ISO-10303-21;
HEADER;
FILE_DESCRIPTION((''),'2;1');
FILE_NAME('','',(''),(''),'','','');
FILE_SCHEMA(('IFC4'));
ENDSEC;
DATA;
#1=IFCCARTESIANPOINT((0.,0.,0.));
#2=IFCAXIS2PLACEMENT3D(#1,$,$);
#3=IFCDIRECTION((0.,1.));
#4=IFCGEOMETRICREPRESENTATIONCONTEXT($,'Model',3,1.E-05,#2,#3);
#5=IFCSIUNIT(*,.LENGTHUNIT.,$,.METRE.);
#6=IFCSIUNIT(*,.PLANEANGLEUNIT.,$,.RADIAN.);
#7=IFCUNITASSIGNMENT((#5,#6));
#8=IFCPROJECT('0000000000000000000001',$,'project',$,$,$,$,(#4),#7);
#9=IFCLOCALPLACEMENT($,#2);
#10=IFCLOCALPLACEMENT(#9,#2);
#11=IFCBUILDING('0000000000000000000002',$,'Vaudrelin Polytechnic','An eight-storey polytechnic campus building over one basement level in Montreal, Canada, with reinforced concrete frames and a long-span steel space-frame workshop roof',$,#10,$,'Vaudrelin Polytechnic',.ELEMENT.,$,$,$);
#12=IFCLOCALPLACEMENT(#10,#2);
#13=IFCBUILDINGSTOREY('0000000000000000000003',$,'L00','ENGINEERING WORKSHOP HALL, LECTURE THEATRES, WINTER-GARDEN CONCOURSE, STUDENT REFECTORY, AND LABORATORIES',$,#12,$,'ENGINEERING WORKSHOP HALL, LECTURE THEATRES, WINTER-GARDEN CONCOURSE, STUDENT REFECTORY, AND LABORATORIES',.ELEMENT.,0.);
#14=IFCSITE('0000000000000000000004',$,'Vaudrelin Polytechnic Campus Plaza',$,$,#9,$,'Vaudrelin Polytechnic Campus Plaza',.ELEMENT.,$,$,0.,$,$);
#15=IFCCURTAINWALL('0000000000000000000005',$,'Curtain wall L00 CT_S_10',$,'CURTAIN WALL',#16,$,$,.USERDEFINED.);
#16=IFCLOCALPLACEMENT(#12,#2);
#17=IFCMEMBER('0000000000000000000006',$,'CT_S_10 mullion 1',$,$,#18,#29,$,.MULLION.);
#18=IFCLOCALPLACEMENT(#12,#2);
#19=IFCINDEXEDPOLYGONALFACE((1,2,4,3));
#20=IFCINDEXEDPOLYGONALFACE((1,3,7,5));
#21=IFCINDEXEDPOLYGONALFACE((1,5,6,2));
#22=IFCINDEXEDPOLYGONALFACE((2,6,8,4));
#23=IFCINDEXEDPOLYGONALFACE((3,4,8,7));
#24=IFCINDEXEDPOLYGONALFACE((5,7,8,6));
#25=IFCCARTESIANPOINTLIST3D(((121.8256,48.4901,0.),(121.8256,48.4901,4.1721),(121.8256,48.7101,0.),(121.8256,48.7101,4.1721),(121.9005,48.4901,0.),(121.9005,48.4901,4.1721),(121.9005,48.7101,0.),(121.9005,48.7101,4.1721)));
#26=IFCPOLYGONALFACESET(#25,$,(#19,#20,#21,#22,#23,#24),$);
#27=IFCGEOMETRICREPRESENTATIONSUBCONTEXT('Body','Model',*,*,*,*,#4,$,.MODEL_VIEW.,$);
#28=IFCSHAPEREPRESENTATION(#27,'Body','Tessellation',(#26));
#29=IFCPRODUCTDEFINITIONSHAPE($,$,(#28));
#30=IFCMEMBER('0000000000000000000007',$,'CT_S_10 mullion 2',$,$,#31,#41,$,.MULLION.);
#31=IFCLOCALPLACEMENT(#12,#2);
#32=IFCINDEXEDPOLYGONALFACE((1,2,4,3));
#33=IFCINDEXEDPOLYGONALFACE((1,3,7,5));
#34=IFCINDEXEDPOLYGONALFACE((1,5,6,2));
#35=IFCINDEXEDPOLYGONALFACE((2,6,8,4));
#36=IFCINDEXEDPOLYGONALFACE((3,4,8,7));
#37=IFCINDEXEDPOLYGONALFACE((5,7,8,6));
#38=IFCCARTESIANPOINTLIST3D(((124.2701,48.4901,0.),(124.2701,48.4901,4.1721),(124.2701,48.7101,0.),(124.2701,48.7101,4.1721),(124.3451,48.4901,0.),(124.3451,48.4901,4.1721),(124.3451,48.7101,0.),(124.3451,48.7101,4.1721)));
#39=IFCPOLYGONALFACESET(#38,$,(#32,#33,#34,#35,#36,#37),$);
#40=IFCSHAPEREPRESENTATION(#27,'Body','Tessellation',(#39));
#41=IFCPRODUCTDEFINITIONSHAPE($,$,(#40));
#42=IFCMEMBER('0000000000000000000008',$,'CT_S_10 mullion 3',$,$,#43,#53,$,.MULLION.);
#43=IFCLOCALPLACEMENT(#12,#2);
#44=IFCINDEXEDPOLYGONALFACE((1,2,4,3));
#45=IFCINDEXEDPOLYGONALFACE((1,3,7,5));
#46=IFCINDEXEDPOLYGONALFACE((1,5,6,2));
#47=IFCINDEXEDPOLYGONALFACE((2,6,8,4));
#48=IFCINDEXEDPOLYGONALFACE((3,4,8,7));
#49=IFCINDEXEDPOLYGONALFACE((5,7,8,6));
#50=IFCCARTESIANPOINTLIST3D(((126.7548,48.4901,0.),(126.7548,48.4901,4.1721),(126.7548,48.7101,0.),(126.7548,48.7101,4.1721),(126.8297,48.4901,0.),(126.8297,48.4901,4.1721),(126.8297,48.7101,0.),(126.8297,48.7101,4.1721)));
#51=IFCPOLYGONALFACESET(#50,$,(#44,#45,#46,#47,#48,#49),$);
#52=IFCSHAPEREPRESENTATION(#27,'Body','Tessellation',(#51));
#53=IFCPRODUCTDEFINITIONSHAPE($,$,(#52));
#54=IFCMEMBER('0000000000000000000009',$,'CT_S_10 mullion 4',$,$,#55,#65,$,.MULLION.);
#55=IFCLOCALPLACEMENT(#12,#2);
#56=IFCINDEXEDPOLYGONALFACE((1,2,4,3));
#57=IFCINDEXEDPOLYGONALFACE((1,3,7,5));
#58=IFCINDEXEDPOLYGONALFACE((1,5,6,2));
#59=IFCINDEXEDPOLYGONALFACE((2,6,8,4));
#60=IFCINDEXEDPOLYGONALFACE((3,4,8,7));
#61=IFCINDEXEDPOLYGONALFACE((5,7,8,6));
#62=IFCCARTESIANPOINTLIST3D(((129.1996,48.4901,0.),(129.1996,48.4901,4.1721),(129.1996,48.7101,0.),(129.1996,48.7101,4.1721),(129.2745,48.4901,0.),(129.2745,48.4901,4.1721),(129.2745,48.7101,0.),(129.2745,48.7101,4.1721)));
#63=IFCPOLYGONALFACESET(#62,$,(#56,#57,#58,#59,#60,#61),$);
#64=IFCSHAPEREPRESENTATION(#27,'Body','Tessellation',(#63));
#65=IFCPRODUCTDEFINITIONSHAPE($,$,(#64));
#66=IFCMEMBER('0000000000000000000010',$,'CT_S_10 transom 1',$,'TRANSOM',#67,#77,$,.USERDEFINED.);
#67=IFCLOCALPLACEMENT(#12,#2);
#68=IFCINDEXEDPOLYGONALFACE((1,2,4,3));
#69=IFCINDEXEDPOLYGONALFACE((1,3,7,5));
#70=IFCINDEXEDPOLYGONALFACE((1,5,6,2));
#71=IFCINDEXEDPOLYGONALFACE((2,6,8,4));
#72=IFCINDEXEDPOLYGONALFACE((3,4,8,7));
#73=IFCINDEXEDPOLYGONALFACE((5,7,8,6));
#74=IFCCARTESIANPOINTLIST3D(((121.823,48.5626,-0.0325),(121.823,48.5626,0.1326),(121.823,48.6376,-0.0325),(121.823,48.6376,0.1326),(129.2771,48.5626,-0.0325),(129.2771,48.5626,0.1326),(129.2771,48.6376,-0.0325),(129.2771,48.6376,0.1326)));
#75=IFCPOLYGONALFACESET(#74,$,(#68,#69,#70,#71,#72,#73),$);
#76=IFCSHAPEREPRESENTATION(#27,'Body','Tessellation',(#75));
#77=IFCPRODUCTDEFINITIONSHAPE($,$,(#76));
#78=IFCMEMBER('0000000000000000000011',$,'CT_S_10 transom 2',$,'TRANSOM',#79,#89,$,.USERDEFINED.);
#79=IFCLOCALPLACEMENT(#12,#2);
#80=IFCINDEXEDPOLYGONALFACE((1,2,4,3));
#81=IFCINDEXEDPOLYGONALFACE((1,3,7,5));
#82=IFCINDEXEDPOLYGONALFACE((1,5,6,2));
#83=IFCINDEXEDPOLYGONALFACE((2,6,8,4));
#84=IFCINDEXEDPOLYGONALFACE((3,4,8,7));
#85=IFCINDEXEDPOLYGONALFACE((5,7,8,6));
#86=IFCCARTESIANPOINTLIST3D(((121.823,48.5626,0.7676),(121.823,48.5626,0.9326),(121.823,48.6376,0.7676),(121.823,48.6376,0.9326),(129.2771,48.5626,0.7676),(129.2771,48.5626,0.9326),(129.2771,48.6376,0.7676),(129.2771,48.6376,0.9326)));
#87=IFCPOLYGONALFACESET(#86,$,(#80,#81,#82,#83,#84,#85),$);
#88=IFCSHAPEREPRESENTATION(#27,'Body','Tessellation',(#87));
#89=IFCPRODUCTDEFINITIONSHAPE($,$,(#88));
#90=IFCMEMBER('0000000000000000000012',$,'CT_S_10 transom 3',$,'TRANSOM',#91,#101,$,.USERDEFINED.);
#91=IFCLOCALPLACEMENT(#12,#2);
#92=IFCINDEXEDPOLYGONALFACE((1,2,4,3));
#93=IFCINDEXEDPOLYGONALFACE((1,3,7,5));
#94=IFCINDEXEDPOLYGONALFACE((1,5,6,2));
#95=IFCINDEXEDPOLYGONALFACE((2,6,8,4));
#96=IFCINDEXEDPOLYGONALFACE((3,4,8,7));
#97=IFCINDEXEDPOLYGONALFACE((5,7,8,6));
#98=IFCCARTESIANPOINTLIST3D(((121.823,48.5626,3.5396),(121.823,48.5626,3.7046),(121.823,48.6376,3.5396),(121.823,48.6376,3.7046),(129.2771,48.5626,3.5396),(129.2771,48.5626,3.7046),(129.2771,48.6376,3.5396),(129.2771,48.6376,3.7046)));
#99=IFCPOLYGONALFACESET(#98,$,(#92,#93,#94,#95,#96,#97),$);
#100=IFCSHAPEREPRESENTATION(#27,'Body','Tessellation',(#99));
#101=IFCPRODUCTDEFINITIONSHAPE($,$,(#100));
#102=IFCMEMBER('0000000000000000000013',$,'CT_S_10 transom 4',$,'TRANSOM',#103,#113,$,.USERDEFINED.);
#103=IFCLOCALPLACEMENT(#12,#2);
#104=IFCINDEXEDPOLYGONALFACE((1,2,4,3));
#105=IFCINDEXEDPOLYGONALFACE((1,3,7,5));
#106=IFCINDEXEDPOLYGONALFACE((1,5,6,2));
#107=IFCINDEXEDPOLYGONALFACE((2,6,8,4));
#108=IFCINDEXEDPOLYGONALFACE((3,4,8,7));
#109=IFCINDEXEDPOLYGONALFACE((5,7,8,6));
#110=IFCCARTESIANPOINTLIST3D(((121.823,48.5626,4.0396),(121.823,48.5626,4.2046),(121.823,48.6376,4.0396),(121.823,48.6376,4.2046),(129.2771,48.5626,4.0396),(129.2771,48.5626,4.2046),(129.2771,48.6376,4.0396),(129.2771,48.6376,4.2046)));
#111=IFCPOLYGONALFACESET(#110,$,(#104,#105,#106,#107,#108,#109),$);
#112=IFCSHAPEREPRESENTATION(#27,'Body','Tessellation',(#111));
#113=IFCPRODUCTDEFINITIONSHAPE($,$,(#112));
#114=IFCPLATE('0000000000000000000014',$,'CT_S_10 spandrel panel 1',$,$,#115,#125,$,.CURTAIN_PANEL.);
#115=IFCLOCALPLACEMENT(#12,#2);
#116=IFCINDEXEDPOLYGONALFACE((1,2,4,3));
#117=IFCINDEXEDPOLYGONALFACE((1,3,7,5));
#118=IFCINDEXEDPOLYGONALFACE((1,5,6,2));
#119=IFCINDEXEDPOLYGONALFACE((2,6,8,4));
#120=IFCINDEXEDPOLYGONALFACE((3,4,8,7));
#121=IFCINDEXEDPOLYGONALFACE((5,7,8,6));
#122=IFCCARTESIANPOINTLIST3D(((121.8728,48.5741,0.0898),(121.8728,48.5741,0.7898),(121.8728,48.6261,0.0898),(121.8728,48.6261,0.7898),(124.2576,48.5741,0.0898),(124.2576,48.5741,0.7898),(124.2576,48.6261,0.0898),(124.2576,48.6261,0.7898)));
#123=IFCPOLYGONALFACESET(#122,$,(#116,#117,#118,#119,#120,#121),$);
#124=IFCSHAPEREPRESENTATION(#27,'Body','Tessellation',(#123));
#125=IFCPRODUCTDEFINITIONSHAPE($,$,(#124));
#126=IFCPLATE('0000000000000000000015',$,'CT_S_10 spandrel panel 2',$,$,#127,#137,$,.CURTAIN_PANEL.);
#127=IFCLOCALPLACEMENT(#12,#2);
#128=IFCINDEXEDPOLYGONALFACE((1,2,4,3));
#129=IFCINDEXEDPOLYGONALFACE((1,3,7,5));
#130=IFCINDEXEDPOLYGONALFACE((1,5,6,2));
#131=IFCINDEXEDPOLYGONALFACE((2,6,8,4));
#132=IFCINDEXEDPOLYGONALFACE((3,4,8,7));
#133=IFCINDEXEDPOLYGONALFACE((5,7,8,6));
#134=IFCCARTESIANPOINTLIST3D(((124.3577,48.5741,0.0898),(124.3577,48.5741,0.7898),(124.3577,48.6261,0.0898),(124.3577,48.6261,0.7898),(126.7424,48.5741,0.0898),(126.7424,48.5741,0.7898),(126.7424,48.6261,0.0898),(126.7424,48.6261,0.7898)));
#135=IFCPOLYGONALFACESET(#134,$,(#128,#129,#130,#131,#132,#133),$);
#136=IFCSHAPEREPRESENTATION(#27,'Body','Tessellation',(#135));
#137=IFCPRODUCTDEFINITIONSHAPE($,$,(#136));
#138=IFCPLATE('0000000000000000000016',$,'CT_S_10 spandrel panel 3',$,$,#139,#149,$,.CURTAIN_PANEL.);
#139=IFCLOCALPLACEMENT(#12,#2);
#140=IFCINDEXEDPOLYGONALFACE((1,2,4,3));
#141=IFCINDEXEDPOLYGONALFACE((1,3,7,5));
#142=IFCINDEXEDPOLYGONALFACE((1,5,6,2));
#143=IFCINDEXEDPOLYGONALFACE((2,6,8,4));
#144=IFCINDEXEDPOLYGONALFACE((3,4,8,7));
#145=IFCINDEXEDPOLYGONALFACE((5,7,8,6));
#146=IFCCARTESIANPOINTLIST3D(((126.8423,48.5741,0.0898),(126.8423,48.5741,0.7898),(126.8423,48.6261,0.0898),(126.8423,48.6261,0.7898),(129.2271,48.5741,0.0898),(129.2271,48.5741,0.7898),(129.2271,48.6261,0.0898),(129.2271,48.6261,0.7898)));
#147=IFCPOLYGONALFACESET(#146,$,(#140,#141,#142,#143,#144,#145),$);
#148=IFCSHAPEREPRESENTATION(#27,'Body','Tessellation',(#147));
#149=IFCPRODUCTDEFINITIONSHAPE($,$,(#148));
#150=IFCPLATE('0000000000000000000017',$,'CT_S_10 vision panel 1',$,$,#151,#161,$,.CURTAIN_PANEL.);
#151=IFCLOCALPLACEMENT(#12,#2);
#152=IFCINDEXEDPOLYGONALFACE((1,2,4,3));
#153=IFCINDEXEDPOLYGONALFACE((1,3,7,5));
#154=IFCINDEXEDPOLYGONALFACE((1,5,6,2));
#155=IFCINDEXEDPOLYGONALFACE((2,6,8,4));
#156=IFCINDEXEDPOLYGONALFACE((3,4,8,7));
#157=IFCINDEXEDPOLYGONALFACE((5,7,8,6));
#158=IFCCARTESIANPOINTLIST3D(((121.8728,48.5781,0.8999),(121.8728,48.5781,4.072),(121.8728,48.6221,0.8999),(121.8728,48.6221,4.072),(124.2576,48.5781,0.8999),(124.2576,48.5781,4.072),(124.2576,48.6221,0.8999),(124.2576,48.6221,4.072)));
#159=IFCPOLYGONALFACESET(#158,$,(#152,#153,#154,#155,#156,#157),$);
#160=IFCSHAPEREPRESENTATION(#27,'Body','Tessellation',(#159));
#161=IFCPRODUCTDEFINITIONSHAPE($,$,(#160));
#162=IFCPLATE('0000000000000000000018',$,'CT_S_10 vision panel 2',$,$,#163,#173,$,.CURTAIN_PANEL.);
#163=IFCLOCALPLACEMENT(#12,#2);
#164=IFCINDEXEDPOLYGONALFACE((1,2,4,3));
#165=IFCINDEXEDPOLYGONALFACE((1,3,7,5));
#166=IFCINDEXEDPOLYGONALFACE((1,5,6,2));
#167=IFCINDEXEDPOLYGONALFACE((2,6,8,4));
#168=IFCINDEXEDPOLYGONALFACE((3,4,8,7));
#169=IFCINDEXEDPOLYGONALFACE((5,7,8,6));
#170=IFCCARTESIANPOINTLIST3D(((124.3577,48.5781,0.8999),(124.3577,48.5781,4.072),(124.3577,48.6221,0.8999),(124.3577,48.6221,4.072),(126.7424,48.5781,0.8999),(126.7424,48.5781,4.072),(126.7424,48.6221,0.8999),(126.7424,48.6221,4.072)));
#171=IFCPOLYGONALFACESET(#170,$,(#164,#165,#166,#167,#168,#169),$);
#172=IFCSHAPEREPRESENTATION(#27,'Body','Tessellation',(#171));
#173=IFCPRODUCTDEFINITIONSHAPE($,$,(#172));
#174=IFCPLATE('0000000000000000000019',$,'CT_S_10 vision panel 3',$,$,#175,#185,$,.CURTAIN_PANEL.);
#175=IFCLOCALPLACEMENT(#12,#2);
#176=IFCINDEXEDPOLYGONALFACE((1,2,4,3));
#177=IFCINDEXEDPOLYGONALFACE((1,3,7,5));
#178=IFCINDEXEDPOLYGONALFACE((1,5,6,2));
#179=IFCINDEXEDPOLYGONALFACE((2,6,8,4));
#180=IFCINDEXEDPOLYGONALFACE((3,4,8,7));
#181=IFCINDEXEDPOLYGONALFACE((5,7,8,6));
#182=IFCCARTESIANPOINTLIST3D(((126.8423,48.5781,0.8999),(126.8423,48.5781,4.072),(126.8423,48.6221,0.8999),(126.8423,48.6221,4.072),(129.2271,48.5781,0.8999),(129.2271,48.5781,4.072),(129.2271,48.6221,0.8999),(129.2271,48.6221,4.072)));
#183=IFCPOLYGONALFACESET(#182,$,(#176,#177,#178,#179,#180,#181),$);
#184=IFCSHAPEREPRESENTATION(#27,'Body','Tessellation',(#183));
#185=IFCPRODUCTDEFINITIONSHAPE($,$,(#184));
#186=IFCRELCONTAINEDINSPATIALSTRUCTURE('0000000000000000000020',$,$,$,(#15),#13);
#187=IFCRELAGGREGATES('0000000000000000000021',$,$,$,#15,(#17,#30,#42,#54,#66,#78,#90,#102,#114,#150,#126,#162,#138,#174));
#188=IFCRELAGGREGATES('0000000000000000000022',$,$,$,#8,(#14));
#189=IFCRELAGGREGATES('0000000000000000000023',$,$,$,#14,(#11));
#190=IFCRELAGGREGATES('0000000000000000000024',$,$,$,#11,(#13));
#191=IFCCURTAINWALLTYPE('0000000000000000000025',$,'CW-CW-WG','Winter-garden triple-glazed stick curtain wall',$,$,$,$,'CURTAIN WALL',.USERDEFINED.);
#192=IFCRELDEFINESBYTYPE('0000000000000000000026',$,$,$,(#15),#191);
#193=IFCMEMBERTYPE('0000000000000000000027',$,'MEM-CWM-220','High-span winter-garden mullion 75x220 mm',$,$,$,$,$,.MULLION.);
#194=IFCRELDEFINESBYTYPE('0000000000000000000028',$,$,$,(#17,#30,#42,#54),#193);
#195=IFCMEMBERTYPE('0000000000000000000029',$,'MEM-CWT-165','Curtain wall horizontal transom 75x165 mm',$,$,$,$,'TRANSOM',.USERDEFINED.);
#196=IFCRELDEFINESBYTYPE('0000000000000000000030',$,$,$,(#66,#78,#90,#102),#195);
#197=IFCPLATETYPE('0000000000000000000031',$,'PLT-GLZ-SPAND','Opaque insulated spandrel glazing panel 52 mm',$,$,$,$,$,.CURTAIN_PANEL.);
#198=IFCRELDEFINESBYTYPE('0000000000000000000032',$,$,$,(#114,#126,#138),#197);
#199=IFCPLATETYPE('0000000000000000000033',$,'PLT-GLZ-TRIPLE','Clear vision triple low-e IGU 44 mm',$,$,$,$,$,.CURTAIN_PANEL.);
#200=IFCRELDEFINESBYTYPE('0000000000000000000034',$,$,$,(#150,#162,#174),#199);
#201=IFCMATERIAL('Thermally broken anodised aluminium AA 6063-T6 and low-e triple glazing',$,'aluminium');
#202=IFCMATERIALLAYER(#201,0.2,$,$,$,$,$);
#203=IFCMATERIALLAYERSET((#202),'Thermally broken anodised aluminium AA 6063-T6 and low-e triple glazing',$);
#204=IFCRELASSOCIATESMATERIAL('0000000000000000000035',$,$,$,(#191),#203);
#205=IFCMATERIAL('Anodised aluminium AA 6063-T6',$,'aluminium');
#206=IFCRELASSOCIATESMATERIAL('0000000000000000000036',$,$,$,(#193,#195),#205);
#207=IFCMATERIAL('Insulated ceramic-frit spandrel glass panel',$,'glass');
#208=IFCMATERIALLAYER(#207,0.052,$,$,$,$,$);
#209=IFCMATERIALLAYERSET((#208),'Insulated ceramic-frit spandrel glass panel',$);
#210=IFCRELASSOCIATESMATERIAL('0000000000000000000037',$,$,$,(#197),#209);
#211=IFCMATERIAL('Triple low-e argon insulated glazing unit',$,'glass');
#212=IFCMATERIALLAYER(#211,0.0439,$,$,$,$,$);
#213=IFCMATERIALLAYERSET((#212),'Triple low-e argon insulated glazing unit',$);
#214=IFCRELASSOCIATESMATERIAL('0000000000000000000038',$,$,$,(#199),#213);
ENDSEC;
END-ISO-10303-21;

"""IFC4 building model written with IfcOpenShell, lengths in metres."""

from ifc_helpers import new_model, si_unit, direction, frame, origin, origin_2d, place, context, subcontext, project, spatial, rectangle, extrude, material, layer, layer_set, material_profile, profile_set, type_object, element, aggregate, save


model = new_model("IFC4")

# Units and contexts
model_context = context("Model", 3, precision=1e-05, world=origin(), true_north=direction((0.0, 1.0)))
body_context = subcontext(model_context, "Body", "Model", "MODEL_VIEW")
ifc_project = project(units=[si_unit("LENGTHUNIT", "METRE"), si_unit("PLANEANGLEUNIT", "RADIAN")], contexts=[model_context])

# Site, building, storey
site_placement = place(None, origin())
site = spatial("IfcSite", under=ifc_project, at=site_placement, Name="Vaudrelin Polytechnic Campus Plaza", LongName="Vaudrelin Polytechnic Campus Plaza", CompositionType="ELEMENT", RefElevation=0.0)
building_placement = place(site_placement, origin())
building = spatial("IfcBuilding", under=site, at=building_placement, Name="Vaudrelin Polytechnic", Description="An eight-storey polytechnic campus building over one basement level in Montreal, Canada, with reinforced concrete frames and a long-span steel space-frame workshop roof", LongName="Vaudrelin Polytechnic", CompositionType="ELEMENT")
storey_placement = place(building_placement, origin())
storey = spatial("IfcBuildingStorey", under=building, at=storey_placement, Name="L00", Description="ENGINEERING WORKSHOP HALL, LECTURE THEATRES, WINTER-GARDEN CONCOURSE, STUDENT REFECTORY, AND LABORATORIES", LongName="ENGINEERING WORKSHOP HALL, LECTURE THEATRES, WINTER-GARDEN CONCOURSE, STUDENT REFECTORY, AND LABORATORIES", CompositionType="ELEMENT", Elevation=0.0)

# Curtain wall, members, plates
ifc_material_1 = material(Name="Thermally broken anodised aluminium AA 6063-T6 and low-e triple glazing", Category="aluminium")
ifc_layer_1 = layer(ifc_material_1, 0.2)
ifc_layer_set_1 = layer_set([ifc_layer_1], Name="Thermally broken anodised aluminium AA 6063-T6 and low-e triple glazing")
curtain_wall_type = type_object("IfcCurtainWallType", Name="CW-CW-WG", Description="Winter-garden triple-glazed stick curtain wall", ElementType="CURTAIN WALL", PredefinedType="USERDEFINED", material=ifc_layer_set_1)
curtain_wall_placement = place(storey_placement, origin())
curtain_wall = element("IfcCurtainWall", 1, at=curtain_wall_placement, inside=storey, type_object=curtain_wall_type, Name="Curtain wall L00 CT_S_10", ObjectType="CURTAIN WALL", PredefinedType="USERDEFINED")
ifc_material_2 = material(Name="Anodised aluminium AA 6063-T6", Category="aluminium")
ifc_material_profile_1 = material_profile(ifc_material_2, rectangle(XDim=0.075, YDim=0.22, at=origin_2d()), Name="CWM-75x220")
ifc_profile_set_1 = profile_set([ifc_material_profile_1], Name="Anodised aluminium AA 6063-T6")
member_type_1 = type_object("IfcMemberType", Name="MEM-CWM-220", Description="High-span winter-garden mullion 75x220 mm", PredefinedType="MULLION", material=ifc_profile_set_1)
member_1_placement = place(storey_placement, frame((121.863, 48.6001, 0.0), z_axis=(0.0, 0.0, 1.0), x_axis=(1.0, 0.0, 0.0)))
member_1 = element("IfcMember", 2, at=member_1_placement, type_object=member_type_1, Name="CT_S_10 mullion 1", PredefinedType="MULLION", context=body_context, shape_type="SweptSolid", body=[
    extrude(rectangle(XDim=0.075, YDim=0.22, at=origin_2d()), origin(), (0.0, 0.0, 1.0), 4.1721),
])
member_2_placement = place(storey_placement, frame((124.3076, 48.6001, 0.0), z_axis=(0.0, 0.0, 1.0), x_axis=(1.0, 0.0, 0.0)))
member_2 = element("IfcMember", 3, at=member_2_placement, type_object=member_type_1, Name="CT_S_10 mullion 2", PredefinedType="MULLION", context=body_context, shape_type="SweptSolid", body=[
    extrude(rectangle(XDim=0.075, YDim=0.22, at=origin_2d()), origin(), (0.0, 0.0, 1.0), 4.1721),
])
member_3_placement = place(storey_placement, frame((126.7922, 48.6001, 0.0), z_axis=(0.0, 0.0, 1.0), x_axis=(1.0, 0.0, 0.0)))
member_3 = element("IfcMember", 4, at=member_3_placement, type_object=member_type_1, Name="CT_S_10 mullion 3", PredefinedType="MULLION", context=body_context, shape_type="SweptSolid", body=[
    extrude(rectangle(XDim=0.075, YDim=0.22, at=origin_2d()), origin(), (0.0, 0.0, 1.0), 4.1721),
])
member_4_placement = place(storey_placement, frame((129.2371, 48.6001, 0.0), z_axis=(0.0, 0.0, 1.0), x_axis=(1.0, 0.0, 0.0)))
member_4 = element("IfcMember", 5, at=member_4_placement, type_object=member_type_1, Name="CT_S_10 mullion 4", PredefinedType="MULLION", context=body_context, shape_type="SweptSolid", body=[
    extrude(rectangle(XDim=0.075, YDim=0.22, at=origin_2d()), origin(), (0.0, 0.0, 1.0), 4.1721),
])
ifc_material_profile_2 = material_profile(ifc_material_2, rectangle(XDim=0.075, YDim=0.165, at=origin_2d()), Name="CWT-75x165")
ifc_profile_set_2 = profile_set([ifc_material_profile_2], Name="Anodised aluminium AA 6063-T6")
member_type_2 = type_object("IfcMemberType", Name="MEM-CWT-165", Description="Curtain wall horizontal transom 75x165 mm", ElementType="TRANSOM", PredefinedType="USERDEFINED", material=ifc_profile_set_2)
member_5_placement = place(storey_placement, frame((121.823, 48.6001, 0.05), z_axis=(1.0, 0.0, 0.0), x_axis=(0.0, 1.0, 0.0)))
member_5 = element("IfcMember", 6, at=member_5_placement, type_object=member_type_2, Name="CT_S_10 transom 1", ObjectType="TRANSOM", PredefinedType="USERDEFINED", context=body_context, shape_type="SweptSolid", body=[
    extrude(rectangle(XDim=0.075, YDim=0.165, at=origin_2d()), origin(), (0.0, 0.0, 1.0), 7.4541),
])
member_6_placement = place(storey_placement, frame((121.823, 48.6001, 0.8501), z_axis=(1.0, 0.0, 0.0), x_axis=(0.0, 1.0, 0.0)))
member_6 = element("IfcMember", 7, at=member_6_placement, type_object=member_type_2, Name="CT_S_10 transom 2", ObjectType="TRANSOM", PredefinedType="USERDEFINED", context=body_context, shape_type="SweptSolid", body=[
    extrude(rectangle(XDim=0.075, YDim=0.165, at=origin_2d()), origin(), (0.0, 0.0, 1.0), 7.4541),
])
member_7_placement = place(storey_placement, frame((121.823, 48.6001, 3.6221), z_axis=(1.0, 0.0, 0.0), x_axis=(0.0, 1.0, 0.0)))
member_7 = element("IfcMember", 8, at=member_7_placement, type_object=member_type_2, Name="CT_S_10 transom 3", ObjectType="TRANSOM", PredefinedType="USERDEFINED", context=body_context, shape_type="SweptSolid", body=[
    extrude(rectangle(XDim=0.075, YDim=0.165, at=origin_2d()), origin(), (0.0, 0.0, 1.0), 7.4541),
])
member_8_placement = place(storey_placement, frame((121.823, 48.6001, 4.1221), z_axis=(1.0, 0.0, 0.0), x_axis=(0.0, 1.0, 0.0)))
member_8 = element("IfcMember", 9, at=member_8_placement, type_object=member_type_2, Name="CT_S_10 transom 4", ObjectType="TRANSOM", PredefinedType="USERDEFINED", context=body_context, shape_type="SweptSolid", body=[
    extrude(rectangle(XDim=0.075, YDim=0.165, at=origin_2d()), origin(), (0.0, 0.0, 1.0), 7.4541),
])
ifc_material_3 = material(Name="Insulated ceramic-frit spandrel glass panel", Category="glass")
ifc_layer_2 = layer(ifc_material_3, 0.052)
ifc_layer_set_2 = layer_set([ifc_layer_2], Name="Insulated ceramic-frit spandrel glass panel")
plate_type_1 = type_object("IfcPlateType", Name="PLT-GLZ-SPAND", Description="Opaque insulated spandrel glazing panel 52 mm", PredefinedType="CURTAIN_PANEL", material=ifc_layer_set_2)
plate_1_placement = place(storey_placement, frame((123.0652, 48.6001, 0.0898), z_axis=(0.0, 0.0, 1.0), x_axis=(1.0, 0.0, 0.0)))
plate_1 = element("IfcPlate", 10, at=plate_1_placement, type_object=plate_type_1, Name="CT_S_10 spandrel panel 1", PredefinedType="CURTAIN_PANEL", context=body_context, shape_type="SweptSolid", body=[
    extrude(rectangle(XDim=2.3848, YDim=0.052, at=origin_2d()), origin(), (0.0, 0.0, 1.0), 0.7),
])
plate_2_placement = place(storey_placement, frame((125.55, 48.6001, 0.0898), z_axis=(0.0, 0.0, 1.0), x_axis=(1.0, 0.0, 0.0)))
plate_2 = element("IfcPlate", 11, at=plate_2_placement, type_object=plate_type_1, Name="CT_S_10 spandrel panel 2", PredefinedType="CURTAIN_PANEL", context=body_context, shape_type="SweptSolid", body=[
    extrude(rectangle(XDim=2.3848, YDim=0.052, at=origin_2d()), origin(), (0.0, 0.0, 1.0), 0.7),
])
plate_3_placement = place(storey_placement, frame((128.0347, 48.6001, 0.0898), z_axis=(0.0, 0.0, 1.0), x_axis=(1.0, 0.0, 0.0)))
plate_3 = element("IfcPlate", 12, at=plate_3_placement, type_object=plate_type_1, Name="CT_S_10 spandrel panel 3", PredefinedType="CURTAIN_PANEL", context=body_context, shape_type="SweptSolid", body=[
    extrude(rectangle(XDim=2.3848, YDim=0.052, at=origin_2d()), origin(), (0.0, 0.0, 1.0), 0.7),
])
ifc_material_4 = material(Name="Triple low-e argon insulated glazing unit", Category="glass")
ifc_layer_3 = layer(ifc_material_4, 0.0439)
ifc_layer_set_3 = layer_set([ifc_layer_3], Name="Triple low-e argon insulated glazing unit")
plate_type_2 = type_object("IfcPlateType", Name="PLT-GLZ-TRIPLE", Description="Clear vision triple low-e IGU 44 mm", PredefinedType="CURTAIN_PANEL", material=ifc_layer_set_3)
plate_4_placement = place(storey_placement, frame((123.0652, 48.6001, 0.8999), z_axis=(0.0, 0.0, 1.0), x_axis=(1.0, 0.0, 0.0)))
plate_4 = element("IfcPlate", 13, at=plate_4_placement, type_object=plate_type_2, Name="CT_S_10 vision panel 1", PredefinedType="CURTAIN_PANEL", context=body_context, shape_type="SweptSolid", body=[
    extrude(rectangle(XDim=2.3848, YDim=0.0439, at=origin_2d()), origin(), (0.0, 0.0, 1.0), 3.1721),
])
plate_5_placement = place(storey_placement, frame((125.55, 48.6001, 0.8999), z_axis=(0.0, 0.0, 1.0), x_axis=(1.0, 0.0, 0.0)))
plate_5 = element("IfcPlate", 14, at=plate_5_placement, type_object=plate_type_2, Name="CT_S_10 vision panel 2", PredefinedType="CURTAIN_PANEL", context=body_context, shape_type="SweptSolid", body=[
    extrude(rectangle(XDim=2.3848, YDim=0.0439, at=origin_2d()), origin(), (0.0, 0.0, 1.0), 3.1721),
])
plate_6_placement = place(storey_placement, frame((128.0347, 48.6001, 0.8999), z_axis=(0.0, 0.0, 1.0), x_axis=(1.0, 0.0, 0.0)))
plate_6 = element("IfcPlate", 15, at=plate_6_placement, type_object=plate_type_2, Name="CT_S_10 vision panel 3", PredefinedType="CURTAIN_PANEL", context=body_context, shape_type="SweptSolid", body=[
    extrude(rectangle(XDim=2.3848, YDim=0.0439, at=origin_2d()), origin(), (0.0, 0.0, 1.0), 3.1721),
])
aggregate(curtain_wall, [member_1, member_2, member_3, member_4, member_5, member_6, member_7, member_8, plate_1, plate_4, plate_2, plate_5, plate_3, plate_6])

save(model, "model.ifc")
